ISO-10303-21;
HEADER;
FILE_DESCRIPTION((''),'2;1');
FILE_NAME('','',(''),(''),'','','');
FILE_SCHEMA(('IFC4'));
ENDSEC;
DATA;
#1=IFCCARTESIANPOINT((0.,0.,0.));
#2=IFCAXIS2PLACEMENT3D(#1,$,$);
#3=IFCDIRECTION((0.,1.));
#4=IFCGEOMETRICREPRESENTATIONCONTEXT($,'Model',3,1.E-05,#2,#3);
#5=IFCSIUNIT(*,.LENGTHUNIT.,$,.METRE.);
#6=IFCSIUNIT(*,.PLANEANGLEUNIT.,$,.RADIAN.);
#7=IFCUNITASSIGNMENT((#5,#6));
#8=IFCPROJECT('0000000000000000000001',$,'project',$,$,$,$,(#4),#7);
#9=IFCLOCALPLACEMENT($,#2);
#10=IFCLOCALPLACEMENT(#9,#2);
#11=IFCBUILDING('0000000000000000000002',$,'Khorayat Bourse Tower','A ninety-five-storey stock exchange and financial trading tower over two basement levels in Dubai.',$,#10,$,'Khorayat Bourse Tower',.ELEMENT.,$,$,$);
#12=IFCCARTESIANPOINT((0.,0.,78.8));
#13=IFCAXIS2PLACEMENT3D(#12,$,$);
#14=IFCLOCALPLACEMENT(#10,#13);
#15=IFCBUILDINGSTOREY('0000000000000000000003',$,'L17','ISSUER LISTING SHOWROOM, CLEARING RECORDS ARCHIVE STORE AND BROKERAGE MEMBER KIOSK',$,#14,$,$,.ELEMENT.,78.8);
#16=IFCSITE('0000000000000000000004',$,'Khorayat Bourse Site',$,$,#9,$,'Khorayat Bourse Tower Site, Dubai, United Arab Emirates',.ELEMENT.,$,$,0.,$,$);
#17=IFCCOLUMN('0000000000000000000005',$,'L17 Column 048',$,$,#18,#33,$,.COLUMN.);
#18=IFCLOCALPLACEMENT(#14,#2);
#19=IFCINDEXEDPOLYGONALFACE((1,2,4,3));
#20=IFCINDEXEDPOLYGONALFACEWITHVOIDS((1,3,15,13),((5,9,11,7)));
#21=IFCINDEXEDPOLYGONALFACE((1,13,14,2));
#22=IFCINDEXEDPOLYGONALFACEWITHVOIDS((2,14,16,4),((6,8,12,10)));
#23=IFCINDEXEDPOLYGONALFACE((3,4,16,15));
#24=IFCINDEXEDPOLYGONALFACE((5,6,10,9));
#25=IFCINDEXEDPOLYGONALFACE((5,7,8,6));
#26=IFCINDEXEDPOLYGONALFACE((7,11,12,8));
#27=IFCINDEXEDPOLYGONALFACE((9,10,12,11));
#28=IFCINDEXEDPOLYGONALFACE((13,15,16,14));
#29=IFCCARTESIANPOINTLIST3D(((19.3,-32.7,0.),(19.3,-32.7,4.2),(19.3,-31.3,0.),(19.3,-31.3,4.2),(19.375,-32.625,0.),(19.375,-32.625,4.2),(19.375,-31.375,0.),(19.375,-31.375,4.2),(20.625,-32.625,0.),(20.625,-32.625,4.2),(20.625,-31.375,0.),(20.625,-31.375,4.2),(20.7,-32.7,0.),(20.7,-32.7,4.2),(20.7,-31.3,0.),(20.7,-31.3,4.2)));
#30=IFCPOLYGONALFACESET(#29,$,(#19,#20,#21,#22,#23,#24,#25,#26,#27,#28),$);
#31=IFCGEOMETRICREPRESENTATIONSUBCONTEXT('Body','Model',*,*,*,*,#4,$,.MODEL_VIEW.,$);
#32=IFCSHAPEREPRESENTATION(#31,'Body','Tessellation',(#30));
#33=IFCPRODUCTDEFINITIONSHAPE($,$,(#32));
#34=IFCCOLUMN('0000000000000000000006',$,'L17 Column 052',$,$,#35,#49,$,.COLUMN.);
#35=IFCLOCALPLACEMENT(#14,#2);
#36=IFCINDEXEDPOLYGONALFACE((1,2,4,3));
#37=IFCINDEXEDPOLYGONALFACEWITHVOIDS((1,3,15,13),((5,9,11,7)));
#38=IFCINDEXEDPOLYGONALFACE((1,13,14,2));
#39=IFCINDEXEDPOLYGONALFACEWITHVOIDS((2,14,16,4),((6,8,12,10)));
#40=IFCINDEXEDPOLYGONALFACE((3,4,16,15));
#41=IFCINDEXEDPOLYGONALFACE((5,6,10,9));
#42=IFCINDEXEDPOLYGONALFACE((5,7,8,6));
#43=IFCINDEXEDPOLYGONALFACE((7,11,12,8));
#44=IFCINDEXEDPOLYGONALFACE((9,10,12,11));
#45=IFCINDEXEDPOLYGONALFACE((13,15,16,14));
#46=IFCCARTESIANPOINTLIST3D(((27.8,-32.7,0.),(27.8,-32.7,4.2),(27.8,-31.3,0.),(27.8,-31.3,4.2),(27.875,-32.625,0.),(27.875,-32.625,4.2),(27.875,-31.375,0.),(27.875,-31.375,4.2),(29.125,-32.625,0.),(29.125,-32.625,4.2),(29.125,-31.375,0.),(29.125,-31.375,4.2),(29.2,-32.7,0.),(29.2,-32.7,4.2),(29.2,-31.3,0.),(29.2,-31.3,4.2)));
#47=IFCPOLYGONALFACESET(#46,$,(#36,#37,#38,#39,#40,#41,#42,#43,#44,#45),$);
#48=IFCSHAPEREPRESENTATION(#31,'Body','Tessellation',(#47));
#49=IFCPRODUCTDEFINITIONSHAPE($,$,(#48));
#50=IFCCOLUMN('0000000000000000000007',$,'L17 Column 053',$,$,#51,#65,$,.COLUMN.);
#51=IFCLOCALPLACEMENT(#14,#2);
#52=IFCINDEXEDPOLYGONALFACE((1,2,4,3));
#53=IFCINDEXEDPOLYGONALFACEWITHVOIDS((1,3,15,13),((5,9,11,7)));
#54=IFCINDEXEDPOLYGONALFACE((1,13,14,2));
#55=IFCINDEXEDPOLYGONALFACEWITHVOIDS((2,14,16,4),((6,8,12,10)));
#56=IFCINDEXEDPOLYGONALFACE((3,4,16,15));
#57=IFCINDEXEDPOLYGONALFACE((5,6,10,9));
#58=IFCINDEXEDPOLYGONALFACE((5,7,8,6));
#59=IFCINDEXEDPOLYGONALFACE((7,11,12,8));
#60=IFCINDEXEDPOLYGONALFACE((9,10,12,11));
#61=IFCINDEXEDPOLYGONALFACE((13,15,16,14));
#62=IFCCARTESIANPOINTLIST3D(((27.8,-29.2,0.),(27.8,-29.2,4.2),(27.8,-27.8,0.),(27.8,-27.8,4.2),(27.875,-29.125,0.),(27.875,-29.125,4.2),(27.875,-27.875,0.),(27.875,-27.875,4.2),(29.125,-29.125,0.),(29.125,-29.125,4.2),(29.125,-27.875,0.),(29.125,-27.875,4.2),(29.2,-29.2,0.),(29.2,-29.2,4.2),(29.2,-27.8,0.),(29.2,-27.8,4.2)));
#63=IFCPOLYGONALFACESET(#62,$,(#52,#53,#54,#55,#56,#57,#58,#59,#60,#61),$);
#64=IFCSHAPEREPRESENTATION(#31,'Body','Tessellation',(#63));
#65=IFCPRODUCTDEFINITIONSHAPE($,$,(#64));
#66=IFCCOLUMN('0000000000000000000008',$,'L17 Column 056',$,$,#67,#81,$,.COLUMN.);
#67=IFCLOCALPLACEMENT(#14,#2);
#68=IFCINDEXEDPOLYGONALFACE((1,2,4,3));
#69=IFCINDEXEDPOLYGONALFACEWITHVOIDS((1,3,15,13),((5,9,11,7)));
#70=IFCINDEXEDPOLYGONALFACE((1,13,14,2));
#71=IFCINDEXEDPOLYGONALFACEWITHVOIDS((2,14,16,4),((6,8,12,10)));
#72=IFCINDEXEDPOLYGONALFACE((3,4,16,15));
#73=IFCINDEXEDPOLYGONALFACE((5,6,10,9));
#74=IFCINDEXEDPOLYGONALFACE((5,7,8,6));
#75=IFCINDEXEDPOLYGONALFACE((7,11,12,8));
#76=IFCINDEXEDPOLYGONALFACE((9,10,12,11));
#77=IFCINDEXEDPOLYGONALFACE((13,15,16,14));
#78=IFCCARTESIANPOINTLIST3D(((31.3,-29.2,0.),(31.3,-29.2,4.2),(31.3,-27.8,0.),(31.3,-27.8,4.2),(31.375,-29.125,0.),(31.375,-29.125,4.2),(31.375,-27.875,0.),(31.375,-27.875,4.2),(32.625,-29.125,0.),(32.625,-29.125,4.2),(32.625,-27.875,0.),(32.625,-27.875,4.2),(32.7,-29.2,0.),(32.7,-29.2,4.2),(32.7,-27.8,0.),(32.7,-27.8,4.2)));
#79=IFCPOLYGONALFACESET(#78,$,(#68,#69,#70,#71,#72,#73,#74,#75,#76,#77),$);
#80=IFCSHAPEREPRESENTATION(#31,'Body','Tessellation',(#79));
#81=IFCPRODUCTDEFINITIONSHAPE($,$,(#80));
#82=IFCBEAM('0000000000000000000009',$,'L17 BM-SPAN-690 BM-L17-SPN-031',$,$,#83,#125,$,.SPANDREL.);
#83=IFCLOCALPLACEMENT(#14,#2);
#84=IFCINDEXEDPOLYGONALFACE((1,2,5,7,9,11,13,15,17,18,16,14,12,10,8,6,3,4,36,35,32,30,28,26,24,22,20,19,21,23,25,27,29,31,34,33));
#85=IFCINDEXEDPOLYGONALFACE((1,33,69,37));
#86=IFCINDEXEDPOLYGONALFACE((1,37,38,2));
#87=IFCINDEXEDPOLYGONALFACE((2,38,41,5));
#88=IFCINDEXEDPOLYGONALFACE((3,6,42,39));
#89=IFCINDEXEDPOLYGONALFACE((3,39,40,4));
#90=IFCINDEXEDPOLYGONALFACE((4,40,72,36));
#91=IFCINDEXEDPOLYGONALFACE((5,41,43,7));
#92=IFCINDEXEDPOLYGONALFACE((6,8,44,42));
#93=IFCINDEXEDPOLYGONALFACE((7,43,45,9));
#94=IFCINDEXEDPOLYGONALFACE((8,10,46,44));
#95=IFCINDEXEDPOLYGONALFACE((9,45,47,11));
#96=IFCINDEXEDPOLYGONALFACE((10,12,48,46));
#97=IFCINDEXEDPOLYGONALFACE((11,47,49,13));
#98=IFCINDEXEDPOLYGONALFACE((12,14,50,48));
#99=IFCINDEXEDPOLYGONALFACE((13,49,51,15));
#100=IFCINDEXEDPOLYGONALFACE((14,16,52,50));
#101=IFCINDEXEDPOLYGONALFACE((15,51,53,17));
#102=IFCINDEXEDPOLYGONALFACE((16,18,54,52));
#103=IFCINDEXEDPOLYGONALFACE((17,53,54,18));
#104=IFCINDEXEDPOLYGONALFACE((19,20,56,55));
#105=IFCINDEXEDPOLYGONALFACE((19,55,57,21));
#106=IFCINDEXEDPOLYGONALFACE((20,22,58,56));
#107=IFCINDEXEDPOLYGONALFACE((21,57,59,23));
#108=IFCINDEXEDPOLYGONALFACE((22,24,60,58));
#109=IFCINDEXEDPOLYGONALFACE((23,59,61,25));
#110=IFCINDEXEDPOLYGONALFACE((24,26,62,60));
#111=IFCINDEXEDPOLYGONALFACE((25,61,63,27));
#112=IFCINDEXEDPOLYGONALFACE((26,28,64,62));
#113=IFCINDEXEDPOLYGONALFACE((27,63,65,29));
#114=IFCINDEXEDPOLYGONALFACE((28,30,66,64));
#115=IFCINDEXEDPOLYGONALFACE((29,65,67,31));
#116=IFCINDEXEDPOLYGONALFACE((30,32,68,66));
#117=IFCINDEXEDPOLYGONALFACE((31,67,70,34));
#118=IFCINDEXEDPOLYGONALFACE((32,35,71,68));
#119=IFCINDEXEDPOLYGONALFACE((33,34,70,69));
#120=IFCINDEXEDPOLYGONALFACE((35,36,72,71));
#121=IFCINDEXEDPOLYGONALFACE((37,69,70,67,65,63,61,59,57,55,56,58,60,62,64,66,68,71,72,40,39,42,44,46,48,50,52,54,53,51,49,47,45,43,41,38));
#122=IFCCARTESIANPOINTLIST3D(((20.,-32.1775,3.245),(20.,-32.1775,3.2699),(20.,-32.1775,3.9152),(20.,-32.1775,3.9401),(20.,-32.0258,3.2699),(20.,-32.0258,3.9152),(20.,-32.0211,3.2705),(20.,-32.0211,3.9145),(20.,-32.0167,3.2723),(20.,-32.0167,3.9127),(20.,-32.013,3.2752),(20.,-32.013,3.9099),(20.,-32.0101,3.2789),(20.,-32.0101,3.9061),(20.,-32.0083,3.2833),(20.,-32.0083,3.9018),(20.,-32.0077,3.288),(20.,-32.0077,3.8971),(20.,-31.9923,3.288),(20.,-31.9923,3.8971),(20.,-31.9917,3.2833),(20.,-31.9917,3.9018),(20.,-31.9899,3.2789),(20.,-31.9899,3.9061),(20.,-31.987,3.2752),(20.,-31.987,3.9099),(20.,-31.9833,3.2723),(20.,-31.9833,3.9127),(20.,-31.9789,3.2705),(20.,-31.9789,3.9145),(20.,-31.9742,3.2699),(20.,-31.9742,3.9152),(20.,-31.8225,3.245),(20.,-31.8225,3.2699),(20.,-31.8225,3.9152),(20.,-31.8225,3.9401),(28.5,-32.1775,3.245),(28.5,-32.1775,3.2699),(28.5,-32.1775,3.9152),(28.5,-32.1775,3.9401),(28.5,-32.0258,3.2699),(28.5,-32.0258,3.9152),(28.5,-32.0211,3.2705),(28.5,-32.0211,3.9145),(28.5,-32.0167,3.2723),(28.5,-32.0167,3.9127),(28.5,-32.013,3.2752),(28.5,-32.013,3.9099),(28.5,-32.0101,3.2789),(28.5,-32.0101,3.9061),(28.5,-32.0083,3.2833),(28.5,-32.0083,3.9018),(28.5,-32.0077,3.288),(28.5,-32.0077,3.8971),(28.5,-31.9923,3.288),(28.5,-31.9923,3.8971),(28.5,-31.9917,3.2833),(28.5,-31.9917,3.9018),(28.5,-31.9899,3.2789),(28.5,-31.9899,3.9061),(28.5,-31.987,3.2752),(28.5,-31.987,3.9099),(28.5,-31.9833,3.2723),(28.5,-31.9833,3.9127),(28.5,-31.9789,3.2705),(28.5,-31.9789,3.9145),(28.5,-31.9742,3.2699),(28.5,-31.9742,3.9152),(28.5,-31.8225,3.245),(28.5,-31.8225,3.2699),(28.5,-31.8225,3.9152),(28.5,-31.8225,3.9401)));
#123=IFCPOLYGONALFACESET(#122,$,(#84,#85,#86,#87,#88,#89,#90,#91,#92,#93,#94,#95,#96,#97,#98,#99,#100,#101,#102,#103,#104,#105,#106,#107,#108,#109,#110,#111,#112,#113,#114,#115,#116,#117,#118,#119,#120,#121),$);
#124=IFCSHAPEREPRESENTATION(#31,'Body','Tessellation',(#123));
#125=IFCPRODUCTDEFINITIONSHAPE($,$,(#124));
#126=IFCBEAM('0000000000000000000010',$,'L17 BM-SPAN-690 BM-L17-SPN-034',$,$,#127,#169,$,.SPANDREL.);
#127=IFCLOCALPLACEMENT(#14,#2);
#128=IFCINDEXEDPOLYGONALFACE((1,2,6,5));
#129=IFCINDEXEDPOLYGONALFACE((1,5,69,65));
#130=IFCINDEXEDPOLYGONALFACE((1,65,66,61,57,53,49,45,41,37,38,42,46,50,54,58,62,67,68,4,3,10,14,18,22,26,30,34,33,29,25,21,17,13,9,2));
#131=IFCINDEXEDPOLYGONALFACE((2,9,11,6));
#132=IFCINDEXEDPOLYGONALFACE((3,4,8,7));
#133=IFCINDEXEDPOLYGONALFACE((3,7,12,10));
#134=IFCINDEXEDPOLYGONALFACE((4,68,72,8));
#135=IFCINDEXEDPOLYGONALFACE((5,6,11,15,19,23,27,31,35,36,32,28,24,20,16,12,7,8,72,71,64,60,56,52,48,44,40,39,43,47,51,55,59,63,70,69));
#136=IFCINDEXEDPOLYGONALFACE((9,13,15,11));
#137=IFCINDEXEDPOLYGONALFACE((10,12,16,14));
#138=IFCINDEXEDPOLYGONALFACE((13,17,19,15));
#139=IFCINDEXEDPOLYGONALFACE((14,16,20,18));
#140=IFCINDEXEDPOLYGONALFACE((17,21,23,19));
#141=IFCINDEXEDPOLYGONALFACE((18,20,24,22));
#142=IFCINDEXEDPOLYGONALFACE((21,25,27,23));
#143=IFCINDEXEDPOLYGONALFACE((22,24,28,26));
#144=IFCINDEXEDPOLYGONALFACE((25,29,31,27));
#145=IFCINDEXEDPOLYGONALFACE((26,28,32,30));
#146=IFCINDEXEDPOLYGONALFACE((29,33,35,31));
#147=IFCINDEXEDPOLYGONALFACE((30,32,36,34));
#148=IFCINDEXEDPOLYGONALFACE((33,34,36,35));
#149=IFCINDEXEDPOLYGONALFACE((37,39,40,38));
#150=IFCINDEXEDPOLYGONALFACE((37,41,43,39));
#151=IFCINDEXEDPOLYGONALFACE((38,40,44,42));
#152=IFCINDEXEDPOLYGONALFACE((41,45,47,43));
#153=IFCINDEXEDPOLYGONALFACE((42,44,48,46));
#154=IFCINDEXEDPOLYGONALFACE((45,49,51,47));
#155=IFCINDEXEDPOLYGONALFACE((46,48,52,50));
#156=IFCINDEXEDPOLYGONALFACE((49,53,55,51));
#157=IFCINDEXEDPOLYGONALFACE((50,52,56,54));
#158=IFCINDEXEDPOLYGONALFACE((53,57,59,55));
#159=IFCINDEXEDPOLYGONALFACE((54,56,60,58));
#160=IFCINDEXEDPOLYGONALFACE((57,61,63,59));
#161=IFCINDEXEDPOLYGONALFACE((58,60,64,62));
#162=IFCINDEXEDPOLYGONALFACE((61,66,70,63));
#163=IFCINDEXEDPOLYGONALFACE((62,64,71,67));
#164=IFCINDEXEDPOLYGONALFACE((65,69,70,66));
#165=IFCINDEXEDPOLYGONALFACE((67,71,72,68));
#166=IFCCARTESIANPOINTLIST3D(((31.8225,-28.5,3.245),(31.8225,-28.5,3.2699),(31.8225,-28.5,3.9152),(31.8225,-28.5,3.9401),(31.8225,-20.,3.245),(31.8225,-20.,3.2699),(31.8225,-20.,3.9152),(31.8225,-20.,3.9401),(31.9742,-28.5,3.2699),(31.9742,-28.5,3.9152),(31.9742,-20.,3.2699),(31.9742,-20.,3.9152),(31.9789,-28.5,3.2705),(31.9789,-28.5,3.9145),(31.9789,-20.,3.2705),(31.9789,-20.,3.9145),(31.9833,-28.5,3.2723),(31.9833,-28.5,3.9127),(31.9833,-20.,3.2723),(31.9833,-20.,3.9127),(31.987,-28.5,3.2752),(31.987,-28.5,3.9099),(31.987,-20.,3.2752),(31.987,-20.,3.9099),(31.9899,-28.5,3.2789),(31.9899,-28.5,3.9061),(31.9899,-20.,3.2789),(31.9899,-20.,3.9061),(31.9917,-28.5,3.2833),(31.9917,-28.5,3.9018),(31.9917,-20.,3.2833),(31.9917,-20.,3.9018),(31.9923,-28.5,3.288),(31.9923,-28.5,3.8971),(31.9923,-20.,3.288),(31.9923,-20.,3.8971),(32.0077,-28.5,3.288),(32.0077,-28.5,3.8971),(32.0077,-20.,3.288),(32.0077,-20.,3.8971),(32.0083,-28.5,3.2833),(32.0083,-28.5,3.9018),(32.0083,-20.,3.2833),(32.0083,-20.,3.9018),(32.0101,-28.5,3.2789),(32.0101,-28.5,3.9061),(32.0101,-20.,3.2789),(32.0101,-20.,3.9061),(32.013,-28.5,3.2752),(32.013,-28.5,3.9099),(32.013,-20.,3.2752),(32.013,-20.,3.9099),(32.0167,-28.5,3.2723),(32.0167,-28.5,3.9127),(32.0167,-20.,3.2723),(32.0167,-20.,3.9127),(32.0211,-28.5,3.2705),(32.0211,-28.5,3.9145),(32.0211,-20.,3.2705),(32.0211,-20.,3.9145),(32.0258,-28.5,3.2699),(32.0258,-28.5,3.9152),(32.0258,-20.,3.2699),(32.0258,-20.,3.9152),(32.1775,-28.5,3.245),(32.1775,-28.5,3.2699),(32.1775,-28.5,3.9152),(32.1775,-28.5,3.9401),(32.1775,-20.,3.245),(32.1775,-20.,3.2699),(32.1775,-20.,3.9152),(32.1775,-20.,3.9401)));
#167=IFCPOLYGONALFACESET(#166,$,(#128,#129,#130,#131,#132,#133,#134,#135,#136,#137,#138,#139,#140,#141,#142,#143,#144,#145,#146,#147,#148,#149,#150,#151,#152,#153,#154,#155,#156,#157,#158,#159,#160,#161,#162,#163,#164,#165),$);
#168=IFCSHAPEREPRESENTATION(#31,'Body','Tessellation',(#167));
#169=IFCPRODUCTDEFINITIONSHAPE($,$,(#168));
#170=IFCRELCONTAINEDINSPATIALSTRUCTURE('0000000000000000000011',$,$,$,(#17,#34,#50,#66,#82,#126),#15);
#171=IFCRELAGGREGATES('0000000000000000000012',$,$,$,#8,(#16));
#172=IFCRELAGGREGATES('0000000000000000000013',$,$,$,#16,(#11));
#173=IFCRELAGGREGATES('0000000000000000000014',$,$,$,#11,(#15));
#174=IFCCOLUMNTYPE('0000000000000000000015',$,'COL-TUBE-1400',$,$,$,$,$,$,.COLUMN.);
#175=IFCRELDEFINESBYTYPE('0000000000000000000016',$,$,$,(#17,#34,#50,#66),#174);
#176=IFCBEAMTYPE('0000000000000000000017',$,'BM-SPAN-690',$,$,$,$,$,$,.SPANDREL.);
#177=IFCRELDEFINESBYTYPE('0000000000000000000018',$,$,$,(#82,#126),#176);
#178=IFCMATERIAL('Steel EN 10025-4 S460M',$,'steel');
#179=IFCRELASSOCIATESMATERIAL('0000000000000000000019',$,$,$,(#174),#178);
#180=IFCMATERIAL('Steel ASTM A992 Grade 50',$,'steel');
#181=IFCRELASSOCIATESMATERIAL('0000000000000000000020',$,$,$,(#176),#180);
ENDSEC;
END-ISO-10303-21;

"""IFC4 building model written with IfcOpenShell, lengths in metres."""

from ifc_helpers import new_model, si_unit, direction, frame, origin, origin_2d, place, context, subcontext, project, spatial, hollow_rectangle, i_section, extrude, source, transform, mapped, material, material_profile, profile_set, type_object, element, save


model = new_model("IFC4")

# Units and contexts
model_context = context("Model", 3, precision=1e-05, world=origin(), true_north=direction((0.0, 1.0)))
body_context = subcontext(model_context, "Body", "Model", "MODEL_VIEW")
ifc_project = project(units=[si_unit("LENGTHUNIT", "METRE"), si_unit("PLANEANGLEUNIT", "RADIAN")], contexts=[model_context])

# Site, building, storey
site_placement = place(None, origin())
site = spatial("IfcSite", under=ifc_project, at=site_placement, Name="Khorayat Bourse Site", LongName="Khorayat Bourse Tower Site, Dubai, United Arab Emirates", CompositionType="ELEMENT", RefElevation=0.0)
building_placement = place(site_placement, origin())
building = spatial("IfcBuilding", under=site, at=building_placement, Name="Khorayat Bourse Tower", Description="A ninety-five-storey stock exchange and financial trading tower over two basement levels in Dubai.", LongName="Khorayat Bourse Tower", CompositionType="ELEMENT")
storey_placement = place(building_placement, frame((0.0, 0.0, 78.8)))
storey = spatial("IfcBuildingStorey", under=building, at=storey_placement, Name="L17", Description="ISSUER LISTING SHOWROOM, CLEARING RECORDS ARCHIVE STORE AND BROKERAGE MEMBER KIOSK", CompositionType="ELEMENT", Elevation=78.8)

# Columns
ifc_material_1 = material(Name="Steel EN 10025-4 S460M", Category="steel")
ifc_material_profile_1 = material_profile(ifc_material_1, hollow_rectangle(XDim=1.3999, YDim=1.3999, WallThickness=0.075, at=origin_2d()), Name="BOX 1400x1400x75")
ifc_profile_set_1 = profile_set([ifc_material_profile_1], Name="Steel EN 10025-4 S460M")
column_type = type_object("IfcColumnType", Name="COL-TUBE-1400", PredefinedType="COLUMN", material=ifc_profile_set_1)
shared_shape_1 = source(origin(), body_context, "Body", "SweptSolid", [
    extrude(hollow_rectangle(XDim=1.3999, YDim=1.3999, WallThickness=0.075, at=origin_2d()), origin(), (0.0, 0.0, 1.0), 4.2),
])
for number, where, z_axis, x_axis, name in (
    (1, (20.0, -32.0, 0.0), (0.0, 0.0, 1.0), (1.0, 0.0, 0.0), "L17 Column 048"),
    (2, (28.5, -32.0, 0.0), (0.0, 0.0, 1.0), (1.0, 0.0, 0.0), "L17 Column 052"),
    (3, (28.5, -28.5, 0.0), (0.0, 0.0, 1.0), (1.0, 0.0, 0.0), "L17 Column 053"),
    (4, (32.0, -28.5, 0.0), (0.0, 0.0, 1.0), (1.0, 0.0, 0.0), "L17 Column 056"),
):
    element("IfcColumn", number, at=place(storey_placement, frame(where, z_axis=z_axis, x_axis=x_axis)), inside=storey, type_object=column_type, Name=name, PredefinedType="COLUMN", context=body_context, shape_type="MappedRepresentation", body=[
        mapped(shared_shape_1, transform((0.0, 0.0, 0.0), scale=1.0)),
    ])

# Beams
ifc_material_2 = material(Name="Steel ASTM A992 Grade 50", Category="steel")
ifc_material_profile_2 = material_profile(ifc_material_2, i_section(OverallWidth=0.355, OverallDepth=0.6951, WebThickness=0.0154, FlangeThickness=0.0249, FilletRadius=0.0181, at=origin_2d()), Name="W690X217")
ifc_profile_set_2 = profile_set([ifc_material_profile_2], Name="Steel ASTM A992 Grade 50")
beam_type_1 = type_object("IfcBeamType", Name="BM-SPAN-690", PredefinedType="SPANDREL", material=ifc_profile_set_2)
shared_shape_2 = source(origin(), body_context, "Body", "SweptSolid", [
    extrude(i_section(OverallWidth=0.355, OverallDepth=0.6951, WebThickness=0.0154, FlangeThickness=0.0249, FilletRadius=0.0181, at=origin_2d()), origin(), (0.0, 0.0, 1.0), 8.5),
])
for number, where, z_axis, x_axis, name in (
    (5, (20.0, -32.0, 3.5925), (1.0, 0.0, 0.0), (0.0, 1.0, 0.0), "L17 BM-SPAN-690 BM-L17-SPN-031"),
    (6, (32.0, -28.5, 3.5925), (0.0, 1.0, 0.0), (-1.0, 0.0, 0.0), "L17 BM-SPAN-690 BM-L17-SPN-034"),
):
    element("IfcBeam", number, at=place(storey_placement, frame(where, z_axis=z_axis, x_axis=x_axis)), inside=storey, type_object=beam_type_1, Name=name, PredefinedType="SPANDREL", context=body_context, shape_type="MappedRepresentation", body=[
        mapped(shared_shape_2, transform((0.0, 0.0, 0.0), scale=1.0)),
    ])

save(model, "model.ifc")
